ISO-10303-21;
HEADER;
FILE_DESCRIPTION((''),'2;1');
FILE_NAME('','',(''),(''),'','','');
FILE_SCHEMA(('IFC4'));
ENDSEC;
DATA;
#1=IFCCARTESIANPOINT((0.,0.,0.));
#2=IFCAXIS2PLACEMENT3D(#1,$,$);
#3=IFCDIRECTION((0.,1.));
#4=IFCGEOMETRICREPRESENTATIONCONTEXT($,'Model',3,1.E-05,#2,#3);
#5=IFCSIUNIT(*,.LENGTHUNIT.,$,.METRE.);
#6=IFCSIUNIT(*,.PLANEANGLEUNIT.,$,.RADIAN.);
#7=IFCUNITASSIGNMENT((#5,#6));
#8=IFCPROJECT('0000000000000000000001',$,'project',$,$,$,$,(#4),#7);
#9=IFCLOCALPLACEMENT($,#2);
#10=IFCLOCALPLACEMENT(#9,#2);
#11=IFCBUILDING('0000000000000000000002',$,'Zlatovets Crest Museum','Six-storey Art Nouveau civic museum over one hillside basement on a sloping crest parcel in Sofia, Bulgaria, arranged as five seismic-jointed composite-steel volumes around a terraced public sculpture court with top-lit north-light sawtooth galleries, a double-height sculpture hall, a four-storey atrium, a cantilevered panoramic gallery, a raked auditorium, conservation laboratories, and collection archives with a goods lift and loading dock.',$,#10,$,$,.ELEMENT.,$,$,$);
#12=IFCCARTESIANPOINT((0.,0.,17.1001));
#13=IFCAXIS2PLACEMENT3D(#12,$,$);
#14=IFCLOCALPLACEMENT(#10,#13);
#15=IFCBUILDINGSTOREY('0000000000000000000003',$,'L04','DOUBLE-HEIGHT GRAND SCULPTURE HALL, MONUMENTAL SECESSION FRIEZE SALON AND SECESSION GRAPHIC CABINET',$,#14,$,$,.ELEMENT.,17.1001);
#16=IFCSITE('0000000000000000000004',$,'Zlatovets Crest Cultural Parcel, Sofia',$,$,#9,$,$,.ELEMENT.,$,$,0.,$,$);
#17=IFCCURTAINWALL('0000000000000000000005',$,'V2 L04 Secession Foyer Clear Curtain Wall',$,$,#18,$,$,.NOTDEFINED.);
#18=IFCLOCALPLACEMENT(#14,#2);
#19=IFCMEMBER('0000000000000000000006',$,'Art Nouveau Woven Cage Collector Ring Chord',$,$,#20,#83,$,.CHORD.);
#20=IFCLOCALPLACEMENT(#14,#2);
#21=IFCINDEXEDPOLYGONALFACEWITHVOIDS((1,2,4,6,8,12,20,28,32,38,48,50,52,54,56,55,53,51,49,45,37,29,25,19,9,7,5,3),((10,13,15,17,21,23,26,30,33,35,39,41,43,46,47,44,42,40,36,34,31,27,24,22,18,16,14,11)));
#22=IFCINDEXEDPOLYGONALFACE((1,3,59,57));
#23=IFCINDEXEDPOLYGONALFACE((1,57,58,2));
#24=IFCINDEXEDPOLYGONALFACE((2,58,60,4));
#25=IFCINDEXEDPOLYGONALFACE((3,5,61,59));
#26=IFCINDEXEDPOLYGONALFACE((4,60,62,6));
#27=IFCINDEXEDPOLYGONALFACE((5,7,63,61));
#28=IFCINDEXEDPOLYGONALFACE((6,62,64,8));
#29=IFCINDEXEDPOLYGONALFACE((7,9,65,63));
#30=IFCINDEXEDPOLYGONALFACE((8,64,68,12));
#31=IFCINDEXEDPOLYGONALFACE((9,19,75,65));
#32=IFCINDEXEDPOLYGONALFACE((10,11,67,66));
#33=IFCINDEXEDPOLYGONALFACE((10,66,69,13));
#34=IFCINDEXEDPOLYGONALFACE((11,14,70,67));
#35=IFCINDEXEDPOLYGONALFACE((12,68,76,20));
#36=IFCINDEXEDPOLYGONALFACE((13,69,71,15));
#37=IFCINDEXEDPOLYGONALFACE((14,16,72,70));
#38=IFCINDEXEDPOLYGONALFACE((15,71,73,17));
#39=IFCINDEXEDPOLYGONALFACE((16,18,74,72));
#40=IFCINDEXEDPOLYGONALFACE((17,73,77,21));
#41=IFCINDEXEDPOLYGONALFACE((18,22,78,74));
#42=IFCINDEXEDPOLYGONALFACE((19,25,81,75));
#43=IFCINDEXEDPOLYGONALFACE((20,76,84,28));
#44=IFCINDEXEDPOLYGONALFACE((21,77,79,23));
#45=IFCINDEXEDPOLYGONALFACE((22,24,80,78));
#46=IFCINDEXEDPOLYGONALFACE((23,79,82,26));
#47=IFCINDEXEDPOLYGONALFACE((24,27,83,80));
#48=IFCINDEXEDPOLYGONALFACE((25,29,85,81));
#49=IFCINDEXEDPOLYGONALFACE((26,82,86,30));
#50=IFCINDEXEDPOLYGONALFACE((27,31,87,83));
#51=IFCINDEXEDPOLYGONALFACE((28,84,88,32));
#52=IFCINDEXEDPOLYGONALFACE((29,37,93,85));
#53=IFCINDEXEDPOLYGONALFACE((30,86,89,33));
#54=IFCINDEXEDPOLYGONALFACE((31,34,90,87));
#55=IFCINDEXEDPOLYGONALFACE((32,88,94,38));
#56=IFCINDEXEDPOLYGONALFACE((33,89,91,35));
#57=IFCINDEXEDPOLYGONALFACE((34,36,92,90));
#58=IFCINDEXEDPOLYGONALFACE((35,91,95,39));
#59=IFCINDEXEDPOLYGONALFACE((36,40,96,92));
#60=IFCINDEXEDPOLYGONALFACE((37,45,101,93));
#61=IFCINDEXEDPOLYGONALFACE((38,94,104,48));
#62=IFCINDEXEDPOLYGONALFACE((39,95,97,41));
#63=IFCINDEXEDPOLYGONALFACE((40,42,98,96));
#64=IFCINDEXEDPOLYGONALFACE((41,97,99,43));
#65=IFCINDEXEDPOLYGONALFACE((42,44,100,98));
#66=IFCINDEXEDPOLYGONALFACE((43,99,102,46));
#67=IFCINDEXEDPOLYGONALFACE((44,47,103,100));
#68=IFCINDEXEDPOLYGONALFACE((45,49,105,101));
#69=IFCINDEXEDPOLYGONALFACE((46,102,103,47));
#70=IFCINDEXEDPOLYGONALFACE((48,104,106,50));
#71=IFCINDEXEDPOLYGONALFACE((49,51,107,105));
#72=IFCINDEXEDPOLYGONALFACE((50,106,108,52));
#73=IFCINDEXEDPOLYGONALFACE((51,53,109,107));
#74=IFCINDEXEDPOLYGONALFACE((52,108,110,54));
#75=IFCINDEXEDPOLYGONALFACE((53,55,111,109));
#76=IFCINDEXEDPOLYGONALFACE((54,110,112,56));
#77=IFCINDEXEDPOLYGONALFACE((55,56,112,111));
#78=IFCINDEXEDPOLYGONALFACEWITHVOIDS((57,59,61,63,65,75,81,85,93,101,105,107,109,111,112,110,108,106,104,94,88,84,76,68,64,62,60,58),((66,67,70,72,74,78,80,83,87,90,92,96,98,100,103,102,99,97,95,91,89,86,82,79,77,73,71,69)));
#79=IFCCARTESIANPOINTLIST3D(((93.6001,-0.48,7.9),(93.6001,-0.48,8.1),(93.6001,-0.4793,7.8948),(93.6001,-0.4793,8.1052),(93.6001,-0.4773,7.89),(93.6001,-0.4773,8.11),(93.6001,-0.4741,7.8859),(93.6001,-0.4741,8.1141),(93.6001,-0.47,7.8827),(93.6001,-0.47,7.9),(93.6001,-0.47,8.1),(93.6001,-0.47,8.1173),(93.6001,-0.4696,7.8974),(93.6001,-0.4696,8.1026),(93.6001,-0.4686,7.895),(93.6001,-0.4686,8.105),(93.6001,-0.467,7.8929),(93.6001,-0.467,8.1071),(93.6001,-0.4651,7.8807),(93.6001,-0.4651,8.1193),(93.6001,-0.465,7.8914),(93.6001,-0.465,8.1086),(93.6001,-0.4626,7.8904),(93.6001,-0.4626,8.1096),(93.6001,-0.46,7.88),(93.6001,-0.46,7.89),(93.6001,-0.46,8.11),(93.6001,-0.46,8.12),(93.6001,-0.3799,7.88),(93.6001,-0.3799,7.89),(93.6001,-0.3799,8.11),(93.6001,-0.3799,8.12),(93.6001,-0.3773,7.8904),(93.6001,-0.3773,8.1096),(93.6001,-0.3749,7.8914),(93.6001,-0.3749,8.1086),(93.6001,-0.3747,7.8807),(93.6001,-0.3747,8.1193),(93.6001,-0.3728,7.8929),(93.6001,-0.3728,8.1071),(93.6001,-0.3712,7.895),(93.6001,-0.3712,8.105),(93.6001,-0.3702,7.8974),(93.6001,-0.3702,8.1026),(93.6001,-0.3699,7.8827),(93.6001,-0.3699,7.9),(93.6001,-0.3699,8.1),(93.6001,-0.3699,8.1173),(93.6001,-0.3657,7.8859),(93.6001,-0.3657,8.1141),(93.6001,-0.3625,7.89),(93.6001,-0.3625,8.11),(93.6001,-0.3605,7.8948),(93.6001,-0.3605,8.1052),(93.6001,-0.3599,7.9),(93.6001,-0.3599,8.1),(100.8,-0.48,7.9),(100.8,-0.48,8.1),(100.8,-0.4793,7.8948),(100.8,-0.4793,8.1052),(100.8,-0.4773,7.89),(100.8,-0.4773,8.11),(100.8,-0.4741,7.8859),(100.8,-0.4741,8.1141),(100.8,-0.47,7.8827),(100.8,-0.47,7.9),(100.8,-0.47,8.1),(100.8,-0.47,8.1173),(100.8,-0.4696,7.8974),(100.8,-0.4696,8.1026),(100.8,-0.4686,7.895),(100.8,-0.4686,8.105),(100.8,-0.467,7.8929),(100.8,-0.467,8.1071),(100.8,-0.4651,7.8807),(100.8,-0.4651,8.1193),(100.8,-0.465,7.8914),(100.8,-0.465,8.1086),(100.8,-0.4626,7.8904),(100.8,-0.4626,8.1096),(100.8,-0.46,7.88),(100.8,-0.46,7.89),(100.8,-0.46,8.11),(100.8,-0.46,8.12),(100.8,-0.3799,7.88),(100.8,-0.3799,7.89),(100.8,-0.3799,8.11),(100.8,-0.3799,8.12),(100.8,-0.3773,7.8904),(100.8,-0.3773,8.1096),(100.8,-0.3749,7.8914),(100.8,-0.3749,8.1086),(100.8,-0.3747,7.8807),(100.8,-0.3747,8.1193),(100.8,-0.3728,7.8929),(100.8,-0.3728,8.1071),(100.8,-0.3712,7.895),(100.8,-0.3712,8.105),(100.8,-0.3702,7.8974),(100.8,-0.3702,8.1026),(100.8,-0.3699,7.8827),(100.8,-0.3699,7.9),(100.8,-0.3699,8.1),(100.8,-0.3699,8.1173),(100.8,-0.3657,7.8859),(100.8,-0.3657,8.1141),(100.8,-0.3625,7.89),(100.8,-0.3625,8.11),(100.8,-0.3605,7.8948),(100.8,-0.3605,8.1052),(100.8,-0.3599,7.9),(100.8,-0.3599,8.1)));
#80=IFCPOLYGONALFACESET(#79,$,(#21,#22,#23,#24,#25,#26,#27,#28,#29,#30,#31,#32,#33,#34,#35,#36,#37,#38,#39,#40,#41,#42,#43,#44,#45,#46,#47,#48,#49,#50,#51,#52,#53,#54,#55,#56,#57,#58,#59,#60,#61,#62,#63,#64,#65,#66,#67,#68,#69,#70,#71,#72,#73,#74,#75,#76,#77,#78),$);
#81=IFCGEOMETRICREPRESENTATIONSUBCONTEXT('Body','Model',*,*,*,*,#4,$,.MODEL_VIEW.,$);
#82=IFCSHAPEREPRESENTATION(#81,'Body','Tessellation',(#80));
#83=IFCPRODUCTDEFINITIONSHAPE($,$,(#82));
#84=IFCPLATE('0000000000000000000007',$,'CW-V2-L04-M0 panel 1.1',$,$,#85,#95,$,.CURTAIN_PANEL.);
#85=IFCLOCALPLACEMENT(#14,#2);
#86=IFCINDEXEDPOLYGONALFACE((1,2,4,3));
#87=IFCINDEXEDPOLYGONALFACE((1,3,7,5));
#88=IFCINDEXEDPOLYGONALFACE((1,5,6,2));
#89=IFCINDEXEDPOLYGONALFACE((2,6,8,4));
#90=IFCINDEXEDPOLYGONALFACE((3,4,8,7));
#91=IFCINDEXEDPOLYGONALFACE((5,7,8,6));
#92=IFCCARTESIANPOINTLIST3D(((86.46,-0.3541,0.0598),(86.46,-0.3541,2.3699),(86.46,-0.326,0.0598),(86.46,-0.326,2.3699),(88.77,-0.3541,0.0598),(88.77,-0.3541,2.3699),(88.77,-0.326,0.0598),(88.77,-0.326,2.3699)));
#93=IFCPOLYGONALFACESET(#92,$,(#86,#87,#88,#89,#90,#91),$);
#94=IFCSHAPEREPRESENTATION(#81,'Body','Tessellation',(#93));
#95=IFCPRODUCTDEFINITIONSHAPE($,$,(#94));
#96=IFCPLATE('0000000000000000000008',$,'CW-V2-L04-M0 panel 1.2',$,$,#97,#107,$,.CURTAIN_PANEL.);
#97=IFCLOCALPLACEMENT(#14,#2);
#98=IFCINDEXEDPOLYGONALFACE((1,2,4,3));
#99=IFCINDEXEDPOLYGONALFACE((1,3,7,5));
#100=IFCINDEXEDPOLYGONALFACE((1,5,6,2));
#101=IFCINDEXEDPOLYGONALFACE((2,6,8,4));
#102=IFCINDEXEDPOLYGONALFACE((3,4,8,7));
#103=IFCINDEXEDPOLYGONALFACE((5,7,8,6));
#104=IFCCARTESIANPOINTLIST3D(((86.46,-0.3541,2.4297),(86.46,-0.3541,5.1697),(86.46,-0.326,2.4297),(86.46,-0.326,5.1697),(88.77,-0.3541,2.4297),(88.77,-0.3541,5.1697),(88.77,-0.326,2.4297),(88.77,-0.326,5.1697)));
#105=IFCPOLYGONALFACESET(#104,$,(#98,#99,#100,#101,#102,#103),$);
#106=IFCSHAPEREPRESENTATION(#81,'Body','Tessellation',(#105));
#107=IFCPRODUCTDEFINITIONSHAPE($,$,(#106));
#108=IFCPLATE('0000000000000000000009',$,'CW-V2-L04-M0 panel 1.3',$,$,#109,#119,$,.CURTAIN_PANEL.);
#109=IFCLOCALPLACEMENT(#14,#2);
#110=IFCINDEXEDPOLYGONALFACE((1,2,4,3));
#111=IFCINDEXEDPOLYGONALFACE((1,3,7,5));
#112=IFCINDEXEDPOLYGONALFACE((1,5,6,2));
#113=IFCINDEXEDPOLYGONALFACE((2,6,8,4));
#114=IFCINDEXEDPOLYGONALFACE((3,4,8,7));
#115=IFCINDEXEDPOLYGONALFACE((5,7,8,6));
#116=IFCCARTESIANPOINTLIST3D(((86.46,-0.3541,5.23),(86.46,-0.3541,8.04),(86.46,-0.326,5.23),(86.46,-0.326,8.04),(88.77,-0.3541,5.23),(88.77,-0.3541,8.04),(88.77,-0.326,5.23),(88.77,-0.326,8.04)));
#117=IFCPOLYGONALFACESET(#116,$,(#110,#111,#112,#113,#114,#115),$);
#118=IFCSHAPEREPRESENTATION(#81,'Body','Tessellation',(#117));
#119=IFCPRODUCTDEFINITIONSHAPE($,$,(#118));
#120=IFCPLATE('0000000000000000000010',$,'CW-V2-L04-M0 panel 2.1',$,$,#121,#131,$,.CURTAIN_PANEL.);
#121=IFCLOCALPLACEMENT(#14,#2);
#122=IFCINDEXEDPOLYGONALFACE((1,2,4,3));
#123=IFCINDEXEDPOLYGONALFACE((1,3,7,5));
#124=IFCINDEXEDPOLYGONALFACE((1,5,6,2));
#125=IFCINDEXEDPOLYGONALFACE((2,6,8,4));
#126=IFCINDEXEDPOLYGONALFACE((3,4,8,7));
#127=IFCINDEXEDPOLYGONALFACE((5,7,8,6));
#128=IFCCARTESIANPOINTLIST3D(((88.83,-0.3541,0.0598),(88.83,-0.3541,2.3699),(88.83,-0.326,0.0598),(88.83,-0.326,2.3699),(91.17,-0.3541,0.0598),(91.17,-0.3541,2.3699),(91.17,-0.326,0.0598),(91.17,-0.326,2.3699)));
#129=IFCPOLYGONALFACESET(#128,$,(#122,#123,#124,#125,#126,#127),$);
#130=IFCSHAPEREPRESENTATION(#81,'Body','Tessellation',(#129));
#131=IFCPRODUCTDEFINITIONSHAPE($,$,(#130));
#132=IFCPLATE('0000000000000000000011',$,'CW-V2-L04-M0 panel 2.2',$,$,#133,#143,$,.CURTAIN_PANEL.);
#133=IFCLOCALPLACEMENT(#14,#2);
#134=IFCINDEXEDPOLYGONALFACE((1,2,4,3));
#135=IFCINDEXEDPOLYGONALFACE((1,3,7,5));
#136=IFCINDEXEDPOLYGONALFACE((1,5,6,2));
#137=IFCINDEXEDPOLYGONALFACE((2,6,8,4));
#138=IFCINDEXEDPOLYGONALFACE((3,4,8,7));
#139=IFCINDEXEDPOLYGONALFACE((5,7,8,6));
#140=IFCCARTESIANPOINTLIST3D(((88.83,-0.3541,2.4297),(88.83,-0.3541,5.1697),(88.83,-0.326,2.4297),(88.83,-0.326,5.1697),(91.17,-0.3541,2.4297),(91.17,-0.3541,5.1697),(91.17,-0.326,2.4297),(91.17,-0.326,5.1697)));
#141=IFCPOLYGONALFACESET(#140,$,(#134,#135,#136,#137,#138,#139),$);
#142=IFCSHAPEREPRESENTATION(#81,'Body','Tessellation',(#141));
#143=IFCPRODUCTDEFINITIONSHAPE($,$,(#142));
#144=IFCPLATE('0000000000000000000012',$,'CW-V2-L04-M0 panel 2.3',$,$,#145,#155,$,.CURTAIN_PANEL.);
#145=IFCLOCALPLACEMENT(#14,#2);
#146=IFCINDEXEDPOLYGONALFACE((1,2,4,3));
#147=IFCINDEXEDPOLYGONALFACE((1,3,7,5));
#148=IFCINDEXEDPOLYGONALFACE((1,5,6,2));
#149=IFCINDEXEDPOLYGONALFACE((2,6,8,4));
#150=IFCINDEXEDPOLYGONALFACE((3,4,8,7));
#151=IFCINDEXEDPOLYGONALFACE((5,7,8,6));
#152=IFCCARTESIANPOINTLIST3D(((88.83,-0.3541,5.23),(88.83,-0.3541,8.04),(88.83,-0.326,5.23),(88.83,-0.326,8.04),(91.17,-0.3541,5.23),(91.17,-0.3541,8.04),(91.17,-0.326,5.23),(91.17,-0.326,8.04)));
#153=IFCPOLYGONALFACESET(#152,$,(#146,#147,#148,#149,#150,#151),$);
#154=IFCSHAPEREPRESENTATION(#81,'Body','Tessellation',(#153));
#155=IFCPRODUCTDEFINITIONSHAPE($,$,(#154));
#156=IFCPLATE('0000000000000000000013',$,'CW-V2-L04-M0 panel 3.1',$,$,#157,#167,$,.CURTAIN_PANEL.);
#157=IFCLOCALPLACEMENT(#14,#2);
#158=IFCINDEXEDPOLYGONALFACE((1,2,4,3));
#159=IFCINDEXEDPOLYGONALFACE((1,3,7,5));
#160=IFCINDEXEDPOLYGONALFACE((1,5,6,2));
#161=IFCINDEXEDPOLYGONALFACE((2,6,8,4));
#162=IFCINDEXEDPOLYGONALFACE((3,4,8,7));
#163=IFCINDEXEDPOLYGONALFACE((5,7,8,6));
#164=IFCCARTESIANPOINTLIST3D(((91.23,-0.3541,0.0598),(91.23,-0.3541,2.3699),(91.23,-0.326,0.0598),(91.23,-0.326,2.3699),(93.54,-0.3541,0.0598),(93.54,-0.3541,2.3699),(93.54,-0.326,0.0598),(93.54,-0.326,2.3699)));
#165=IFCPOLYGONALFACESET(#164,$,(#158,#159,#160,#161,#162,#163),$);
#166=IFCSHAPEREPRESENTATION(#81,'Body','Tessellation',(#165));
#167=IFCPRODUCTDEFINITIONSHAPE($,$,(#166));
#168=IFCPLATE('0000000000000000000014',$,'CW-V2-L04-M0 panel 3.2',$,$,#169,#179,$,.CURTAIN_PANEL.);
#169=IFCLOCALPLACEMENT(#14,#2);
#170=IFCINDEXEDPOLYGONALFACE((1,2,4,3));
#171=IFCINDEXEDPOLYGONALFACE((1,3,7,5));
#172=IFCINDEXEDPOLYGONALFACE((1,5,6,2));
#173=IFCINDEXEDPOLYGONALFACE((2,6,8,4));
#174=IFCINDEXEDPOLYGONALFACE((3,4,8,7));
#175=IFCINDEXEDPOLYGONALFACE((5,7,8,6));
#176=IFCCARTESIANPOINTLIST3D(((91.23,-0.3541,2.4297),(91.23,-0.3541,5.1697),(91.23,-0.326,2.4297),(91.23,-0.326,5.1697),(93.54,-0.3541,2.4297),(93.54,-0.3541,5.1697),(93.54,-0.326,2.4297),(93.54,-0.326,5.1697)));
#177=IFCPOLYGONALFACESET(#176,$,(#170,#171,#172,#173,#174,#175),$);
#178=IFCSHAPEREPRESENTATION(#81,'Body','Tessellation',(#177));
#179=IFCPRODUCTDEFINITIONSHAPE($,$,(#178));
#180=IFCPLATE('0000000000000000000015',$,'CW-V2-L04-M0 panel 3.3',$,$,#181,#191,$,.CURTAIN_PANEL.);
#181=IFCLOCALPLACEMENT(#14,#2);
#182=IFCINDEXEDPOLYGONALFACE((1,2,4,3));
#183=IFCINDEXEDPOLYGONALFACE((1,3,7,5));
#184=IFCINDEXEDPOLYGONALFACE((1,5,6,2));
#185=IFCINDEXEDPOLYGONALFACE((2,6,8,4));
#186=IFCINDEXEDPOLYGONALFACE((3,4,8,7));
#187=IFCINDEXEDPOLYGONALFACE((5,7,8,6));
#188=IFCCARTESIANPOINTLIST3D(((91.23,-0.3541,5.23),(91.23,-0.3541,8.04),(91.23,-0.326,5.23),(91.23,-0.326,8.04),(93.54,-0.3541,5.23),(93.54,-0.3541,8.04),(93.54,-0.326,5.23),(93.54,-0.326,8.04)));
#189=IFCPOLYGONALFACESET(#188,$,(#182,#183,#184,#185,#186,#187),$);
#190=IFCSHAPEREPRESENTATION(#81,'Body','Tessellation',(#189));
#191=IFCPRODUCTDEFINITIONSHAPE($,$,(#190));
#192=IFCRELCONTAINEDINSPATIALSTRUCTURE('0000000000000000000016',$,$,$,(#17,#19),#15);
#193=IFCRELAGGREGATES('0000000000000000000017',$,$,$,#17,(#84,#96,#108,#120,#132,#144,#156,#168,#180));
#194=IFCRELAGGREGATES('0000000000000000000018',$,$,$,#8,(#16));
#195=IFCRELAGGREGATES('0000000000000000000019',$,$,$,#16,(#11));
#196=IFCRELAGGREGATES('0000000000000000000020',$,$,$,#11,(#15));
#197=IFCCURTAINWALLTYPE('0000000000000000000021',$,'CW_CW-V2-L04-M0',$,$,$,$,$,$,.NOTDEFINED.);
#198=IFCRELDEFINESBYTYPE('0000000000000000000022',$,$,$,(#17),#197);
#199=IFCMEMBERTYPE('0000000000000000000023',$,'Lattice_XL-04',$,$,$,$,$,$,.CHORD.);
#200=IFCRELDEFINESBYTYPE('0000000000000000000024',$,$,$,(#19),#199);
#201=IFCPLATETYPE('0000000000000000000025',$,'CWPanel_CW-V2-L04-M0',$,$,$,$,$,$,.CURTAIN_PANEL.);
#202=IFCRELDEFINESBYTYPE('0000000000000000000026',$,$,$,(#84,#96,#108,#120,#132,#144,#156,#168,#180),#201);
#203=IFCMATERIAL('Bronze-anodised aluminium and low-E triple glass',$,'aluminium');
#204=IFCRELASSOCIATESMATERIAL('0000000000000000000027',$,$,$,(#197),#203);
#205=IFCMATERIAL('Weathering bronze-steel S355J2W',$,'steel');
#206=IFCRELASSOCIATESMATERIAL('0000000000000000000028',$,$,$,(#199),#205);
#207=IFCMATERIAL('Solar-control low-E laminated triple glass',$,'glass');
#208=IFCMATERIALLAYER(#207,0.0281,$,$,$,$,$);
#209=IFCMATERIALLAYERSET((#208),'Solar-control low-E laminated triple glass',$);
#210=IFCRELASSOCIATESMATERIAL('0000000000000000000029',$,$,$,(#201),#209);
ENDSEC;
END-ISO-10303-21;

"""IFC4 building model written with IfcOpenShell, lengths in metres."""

from ifc_helpers import new_model, si_unit, direction, frame, origin, origin_2d, place, context, subcontext, project, spatial, rectangle, hollow_rectangle, extrude, material, layer, layer_set, material_profile, profile_set, type_object, element, aggregate, save


model = new_model("IFC4")

# Units and contexts
model_context = context("Model", 3, precision=1e-05, world=origin(), true_north=direction((0.0, 1.0)))
body_context = subcontext(model_context, "Body", "Model", "MODEL_VIEW")
ifc_project = project(units=[si_unit("LENGTHUNIT", "METRE"), si_unit("PLANEANGLEUNIT", "RADIAN")], contexts=[model_context])

# Site, building, storey
site_placement = place(None, origin())
site = spatial("IfcSite", under=ifc_project, at=site_placement, Name="Zlatovets Crest Cultural Parcel, Sofia", CompositionType="ELEMENT", RefElevation=0.0)
building_placement = place(site_placement, origin())
building = spatial("IfcBuilding", under=site, at=building_placement, Name="Zlatovets Crest Museum", Description="Six-storey Art Nouveau civic museum over one hillside basement on a sloping crest parcel in Sofia, Bulgaria, arranged as five seismic-jointed composite-steel volumes around a terraced public sculpture court with top-lit north-light sawtooth galleries, a double-height sculpture hall, a four-storey atrium, a cantilevered panoramic gallery, a raked auditorium, conservation laboratories, and collection archives with a goods lift and loading dock.", CompositionType="ELEMENT")
storey_placement = place(building_placement, frame((0.0, 0.0, 17.1001)))
storey = spatial("IfcBuildingStorey", under=building, at=storey_placement, Name="L04", Description="DOUBLE-HEIGHT GRAND SCULPTURE HALL, MONUMENTAL SECESSION FRIEZE SALON AND SECESSION GRAPHIC CABINET", CompositionType="ELEMENT", Elevation=17.1001)

# Curtain wall
ifc_material_1 = material(Name="Bronze-anodised aluminium and low-E triple glass", Category="aluminium")
curtain_wall_type = type_object("IfcCurtainWallType", Name="CW_CW-V2-L04-M0", PredefinedType="NOTDEFINED", material=ifc_material_1)
curtain_wall_placement = place(storey_placement, origin())
curtain_wall = element("IfcCurtainWall", 1, at=curtain_wall_placement, inside=storey, type_object=curtain_wall_type, Name="V2 L04 Secession Foyer Clear Curtain Wall", PredefinedType="NOTDEFINED")

# Member
ifc_material_2 = material(Name="Weathering bronze-steel S355J2W", Category="steel")
ifc_material_profile_1 = material_profile(ifc_material_2, hollow_rectangle(XDim=0.1201, YDim=0.24, WallThickness=0.01, InnerFilletRadius=0.01, OuterFilletRadius=0.02, at=origin_2d()), Name="RHS 120x240x10.0")
ifc_profile_set_1 = profile_set([ifc_material_profile_1], Name="Weathering bronze-steel S355J2W")
member_type_1 = type_object("IfcMemberType", Name="Lattice_XL-04", PredefinedType="CHORD", material=ifc_profile_set_1)
member_1_placement = place(storey_placement, frame((93.6001, -0.4199, 8.0), z_axis=(1.0, 0.0, 0.0), x_axis=(0.0, 1.0, 0.0)))
element("IfcMember", 2, at=member_1_placement, inside=storey, type_object=member_type_1, Name="Art Nouveau Woven Cage Collector Ring Chord", PredefinedType="CHORD", context=body_context, shape_type="SweptSolid", body=[
    extrude(hollow_rectangle(XDim=0.1201, YDim=0.24, WallThickness=0.01, InnerFilletRadius=0.01, OuterFilletRadius=0.02, at=origin_2d()), origin(), (0.0, 0.0, 1.0), 7.2),
])

# Plates
ifc_material_3 = material(Name="Solar-control low-E laminated triple glass", Category="glass")
ifc_layer_1 = layer(ifc_material_3, 0.0281)
ifc_layer_set_1 = layer_set([ifc_layer_1], Name="Solar-control low-E laminated triple glass")
plate_type_1 = type_object("IfcPlateType", Name="CWPanel_CW-V2-L04-M0", PredefinedType="CURTAIN_PANEL", material=ifc_layer_set_1)
plate_1_placement = place(storey_placement, frame((87.615, -0.3401, 0.0598), z_axis=(0.0, 0.0, 1.0), x_axis=(1.0, 0.0, 0.0)))
plate_1 = element("IfcPlate", 3, at=plate_1_placement, type_object=plate_type_1, Name="CW-V2-L04-M0 panel 1.1", PredefinedType="CURTAIN_PANEL", context=body_context, shape_type="SweptSolid", body=[
    extrude(rectangle(XDim=2.3101, YDim=0.0281, at=origin_2d()), origin(), (0.0, 0.0, 1.0), 2.3101),
])
plate_2_placement = place(storey_placement, frame((87.615, -0.3401, 2.4297), z_axis=(0.0, 0.0, 1.0), x_axis=(1.0, 0.0, 0.0)))
plate_2 = element("IfcPlate", 4, at=plate_2_placement, type_object=plate_type_1, Name="CW-V2-L04-M0 panel 1.2", PredefinedType="CURTAIN_PANEL", context=body_context, shape_type="SweptSolid", body=[
    extrude(rectangle(XDim=2.3101, YDim=0.0281, at=origin_2d()), origin(), (0.0, 0.0, 1.0), 2.74),
])
plate_3_placement = place(storey_placement, frame((87.615, -0.3401, 5.23), z_axis=(0.0, 0.0, 1.0), x_axis=(1.0, 0.0, 0.0)))
plate_3 = element("IfcPlate", 5, at=plate_3_placement, type_object=plate_type_1, Name="CW-V2-L04-M0 panel 1.3", PredefinedType="CURTAIN_PANEL", context=body_context, shape_type="SweptSolid", body=[
    extrude(rectangle(XDim=2.3101, YDim=0.0281, at=origin_2d()), origin(), (0.0, 0.0, 1.0), 2.8101),
])
plate_4_placement = place(storey_placement, frame((90.0, -0.3401, 0.0598), z_axis=(0.0, 0.0, 1.0), x_axis=(1.0, 0.0, 0.0)))
plate_4 = element("IfcPlate", 6, at=plate_4_placement, type_object=plate_type_1, Name="CW-V2-L04-M0 panel 2.1", PredefinedType="CURTAIN_PANEL", context=body_context, shape_type="SweptSolid", body=[
    extrude(rectangle(XDim=2.3401, YDim=0.0281, at=origin_2d()), origin(), (0.0, 0.0, 1.0), 2.3101),
])
plate_5_placement = place(storey_placement, frame((90.0, -0.3401, 2.4297), z_axis=(0.0, 0.0, 1.0), x_axis=(1.0, 0.0, 0.0)))
plate_5 = element("IfcPlate", 7, at=plate_5_placement, type_object=plate_type_1, Name="CW-V2-L04-M0 panel 2.2", PredefinedType="CURTAIN_PANEL", context=body_context, shape_type="SweptSolid", body=[
    extrude(rectangle(XDim=2.3401, YDim=0.0281, at=origin_2d()), origin(), (0.0, 0.0, 1.0), 2.74),
])
plate_6_placement = place(storey_placement, frame((90.0, -0.3401, 5.23), z_axis=(0.0, 0.0, 1.0), x_axis=(1.0, 0.0, 0.0)))
plate_6 = element("IfcPlate", 8, at=plate_6_placement, type_object=plate_type_1, Name="CW-V2-L04-M0 panel 2.3", PredefinedType="CURTAIN_PANEL", context=body_context, shape_type="SweptSolid", body=[
    extrude(rectangle(XDim=2.3401, YDim=0.0281, at=origin_2d()), origin(), (0.0, 0.0, 1.0), 2.8101),
])
plate_7_placement = place(storey_placement, frame((92.385, -0.3401, 0.0598), z_axis=(0.0, 0.0, 1.0), x_axis=(1.0, 0.0, 0.0)))
plate_7 = element("IfcPlate", 9, at=plate_7_placement, type_object=plate_type_1, Name="CW-V2-L04-M0 panel 3.1", PredefinedType="CURTAIN_PANEL", context=body_context, shape_type="SweptSolid", body=[
    extrude(rectangle(XDim=2.3101, YDim=0.0281, at=origin_2d()), origin(), (0.0, 0.0, 1.0), 2.3101),
])
plate_8_placement = place(storey_placement, frame((92.385, -0.3401, 2.4297), z_axis=(0.0, 0.0, 1.0), x_axis=(1.0, 0.0, 0.0)))
plate_8 = element("IfcPlate", 10, at=plate_8_placement, type_object=plate_type_1, Name="CW-V2-L04-M0 panel 3.2", PredefinedType="CURTAIN_PANEL", context=body_context, shape_type="SweptSolid", body=[
    extrude(rectangle(XDim=2.3101, YDim=0.0281, at=origin_2d()), origin(), (0.0, 0.0, 1.0), 2.74),
])
plate_9_placement = place(storey_placement, frame((92.385, -0.3401, 5.23), z_axis=(0.0, 0.0, 1.0), x_axis=(1.0, 0.0, 0.0)))
plate_9 = element("IfcPlate", 11, at=plate_9_placement, type_object=plate_type_1, Name="CW-V2-L04-M0 panel 3.3", PredefinedType="CURTAIN_PANEL", context=body_context, shape_type="SweptSolid", body=[
    extrude(rectangle(XDim=2.3101, YDim=0.0281, at=origin_2d()), origin(), (0.0, 0.0, 1.0), 2.8101),
])
aggregate(curtain_wall, [plate_1, plate_2, plate_3, plate_4, plate_5, plate_6, plate_7, plate_8, plate_9])

save(model, "model.ifc")
